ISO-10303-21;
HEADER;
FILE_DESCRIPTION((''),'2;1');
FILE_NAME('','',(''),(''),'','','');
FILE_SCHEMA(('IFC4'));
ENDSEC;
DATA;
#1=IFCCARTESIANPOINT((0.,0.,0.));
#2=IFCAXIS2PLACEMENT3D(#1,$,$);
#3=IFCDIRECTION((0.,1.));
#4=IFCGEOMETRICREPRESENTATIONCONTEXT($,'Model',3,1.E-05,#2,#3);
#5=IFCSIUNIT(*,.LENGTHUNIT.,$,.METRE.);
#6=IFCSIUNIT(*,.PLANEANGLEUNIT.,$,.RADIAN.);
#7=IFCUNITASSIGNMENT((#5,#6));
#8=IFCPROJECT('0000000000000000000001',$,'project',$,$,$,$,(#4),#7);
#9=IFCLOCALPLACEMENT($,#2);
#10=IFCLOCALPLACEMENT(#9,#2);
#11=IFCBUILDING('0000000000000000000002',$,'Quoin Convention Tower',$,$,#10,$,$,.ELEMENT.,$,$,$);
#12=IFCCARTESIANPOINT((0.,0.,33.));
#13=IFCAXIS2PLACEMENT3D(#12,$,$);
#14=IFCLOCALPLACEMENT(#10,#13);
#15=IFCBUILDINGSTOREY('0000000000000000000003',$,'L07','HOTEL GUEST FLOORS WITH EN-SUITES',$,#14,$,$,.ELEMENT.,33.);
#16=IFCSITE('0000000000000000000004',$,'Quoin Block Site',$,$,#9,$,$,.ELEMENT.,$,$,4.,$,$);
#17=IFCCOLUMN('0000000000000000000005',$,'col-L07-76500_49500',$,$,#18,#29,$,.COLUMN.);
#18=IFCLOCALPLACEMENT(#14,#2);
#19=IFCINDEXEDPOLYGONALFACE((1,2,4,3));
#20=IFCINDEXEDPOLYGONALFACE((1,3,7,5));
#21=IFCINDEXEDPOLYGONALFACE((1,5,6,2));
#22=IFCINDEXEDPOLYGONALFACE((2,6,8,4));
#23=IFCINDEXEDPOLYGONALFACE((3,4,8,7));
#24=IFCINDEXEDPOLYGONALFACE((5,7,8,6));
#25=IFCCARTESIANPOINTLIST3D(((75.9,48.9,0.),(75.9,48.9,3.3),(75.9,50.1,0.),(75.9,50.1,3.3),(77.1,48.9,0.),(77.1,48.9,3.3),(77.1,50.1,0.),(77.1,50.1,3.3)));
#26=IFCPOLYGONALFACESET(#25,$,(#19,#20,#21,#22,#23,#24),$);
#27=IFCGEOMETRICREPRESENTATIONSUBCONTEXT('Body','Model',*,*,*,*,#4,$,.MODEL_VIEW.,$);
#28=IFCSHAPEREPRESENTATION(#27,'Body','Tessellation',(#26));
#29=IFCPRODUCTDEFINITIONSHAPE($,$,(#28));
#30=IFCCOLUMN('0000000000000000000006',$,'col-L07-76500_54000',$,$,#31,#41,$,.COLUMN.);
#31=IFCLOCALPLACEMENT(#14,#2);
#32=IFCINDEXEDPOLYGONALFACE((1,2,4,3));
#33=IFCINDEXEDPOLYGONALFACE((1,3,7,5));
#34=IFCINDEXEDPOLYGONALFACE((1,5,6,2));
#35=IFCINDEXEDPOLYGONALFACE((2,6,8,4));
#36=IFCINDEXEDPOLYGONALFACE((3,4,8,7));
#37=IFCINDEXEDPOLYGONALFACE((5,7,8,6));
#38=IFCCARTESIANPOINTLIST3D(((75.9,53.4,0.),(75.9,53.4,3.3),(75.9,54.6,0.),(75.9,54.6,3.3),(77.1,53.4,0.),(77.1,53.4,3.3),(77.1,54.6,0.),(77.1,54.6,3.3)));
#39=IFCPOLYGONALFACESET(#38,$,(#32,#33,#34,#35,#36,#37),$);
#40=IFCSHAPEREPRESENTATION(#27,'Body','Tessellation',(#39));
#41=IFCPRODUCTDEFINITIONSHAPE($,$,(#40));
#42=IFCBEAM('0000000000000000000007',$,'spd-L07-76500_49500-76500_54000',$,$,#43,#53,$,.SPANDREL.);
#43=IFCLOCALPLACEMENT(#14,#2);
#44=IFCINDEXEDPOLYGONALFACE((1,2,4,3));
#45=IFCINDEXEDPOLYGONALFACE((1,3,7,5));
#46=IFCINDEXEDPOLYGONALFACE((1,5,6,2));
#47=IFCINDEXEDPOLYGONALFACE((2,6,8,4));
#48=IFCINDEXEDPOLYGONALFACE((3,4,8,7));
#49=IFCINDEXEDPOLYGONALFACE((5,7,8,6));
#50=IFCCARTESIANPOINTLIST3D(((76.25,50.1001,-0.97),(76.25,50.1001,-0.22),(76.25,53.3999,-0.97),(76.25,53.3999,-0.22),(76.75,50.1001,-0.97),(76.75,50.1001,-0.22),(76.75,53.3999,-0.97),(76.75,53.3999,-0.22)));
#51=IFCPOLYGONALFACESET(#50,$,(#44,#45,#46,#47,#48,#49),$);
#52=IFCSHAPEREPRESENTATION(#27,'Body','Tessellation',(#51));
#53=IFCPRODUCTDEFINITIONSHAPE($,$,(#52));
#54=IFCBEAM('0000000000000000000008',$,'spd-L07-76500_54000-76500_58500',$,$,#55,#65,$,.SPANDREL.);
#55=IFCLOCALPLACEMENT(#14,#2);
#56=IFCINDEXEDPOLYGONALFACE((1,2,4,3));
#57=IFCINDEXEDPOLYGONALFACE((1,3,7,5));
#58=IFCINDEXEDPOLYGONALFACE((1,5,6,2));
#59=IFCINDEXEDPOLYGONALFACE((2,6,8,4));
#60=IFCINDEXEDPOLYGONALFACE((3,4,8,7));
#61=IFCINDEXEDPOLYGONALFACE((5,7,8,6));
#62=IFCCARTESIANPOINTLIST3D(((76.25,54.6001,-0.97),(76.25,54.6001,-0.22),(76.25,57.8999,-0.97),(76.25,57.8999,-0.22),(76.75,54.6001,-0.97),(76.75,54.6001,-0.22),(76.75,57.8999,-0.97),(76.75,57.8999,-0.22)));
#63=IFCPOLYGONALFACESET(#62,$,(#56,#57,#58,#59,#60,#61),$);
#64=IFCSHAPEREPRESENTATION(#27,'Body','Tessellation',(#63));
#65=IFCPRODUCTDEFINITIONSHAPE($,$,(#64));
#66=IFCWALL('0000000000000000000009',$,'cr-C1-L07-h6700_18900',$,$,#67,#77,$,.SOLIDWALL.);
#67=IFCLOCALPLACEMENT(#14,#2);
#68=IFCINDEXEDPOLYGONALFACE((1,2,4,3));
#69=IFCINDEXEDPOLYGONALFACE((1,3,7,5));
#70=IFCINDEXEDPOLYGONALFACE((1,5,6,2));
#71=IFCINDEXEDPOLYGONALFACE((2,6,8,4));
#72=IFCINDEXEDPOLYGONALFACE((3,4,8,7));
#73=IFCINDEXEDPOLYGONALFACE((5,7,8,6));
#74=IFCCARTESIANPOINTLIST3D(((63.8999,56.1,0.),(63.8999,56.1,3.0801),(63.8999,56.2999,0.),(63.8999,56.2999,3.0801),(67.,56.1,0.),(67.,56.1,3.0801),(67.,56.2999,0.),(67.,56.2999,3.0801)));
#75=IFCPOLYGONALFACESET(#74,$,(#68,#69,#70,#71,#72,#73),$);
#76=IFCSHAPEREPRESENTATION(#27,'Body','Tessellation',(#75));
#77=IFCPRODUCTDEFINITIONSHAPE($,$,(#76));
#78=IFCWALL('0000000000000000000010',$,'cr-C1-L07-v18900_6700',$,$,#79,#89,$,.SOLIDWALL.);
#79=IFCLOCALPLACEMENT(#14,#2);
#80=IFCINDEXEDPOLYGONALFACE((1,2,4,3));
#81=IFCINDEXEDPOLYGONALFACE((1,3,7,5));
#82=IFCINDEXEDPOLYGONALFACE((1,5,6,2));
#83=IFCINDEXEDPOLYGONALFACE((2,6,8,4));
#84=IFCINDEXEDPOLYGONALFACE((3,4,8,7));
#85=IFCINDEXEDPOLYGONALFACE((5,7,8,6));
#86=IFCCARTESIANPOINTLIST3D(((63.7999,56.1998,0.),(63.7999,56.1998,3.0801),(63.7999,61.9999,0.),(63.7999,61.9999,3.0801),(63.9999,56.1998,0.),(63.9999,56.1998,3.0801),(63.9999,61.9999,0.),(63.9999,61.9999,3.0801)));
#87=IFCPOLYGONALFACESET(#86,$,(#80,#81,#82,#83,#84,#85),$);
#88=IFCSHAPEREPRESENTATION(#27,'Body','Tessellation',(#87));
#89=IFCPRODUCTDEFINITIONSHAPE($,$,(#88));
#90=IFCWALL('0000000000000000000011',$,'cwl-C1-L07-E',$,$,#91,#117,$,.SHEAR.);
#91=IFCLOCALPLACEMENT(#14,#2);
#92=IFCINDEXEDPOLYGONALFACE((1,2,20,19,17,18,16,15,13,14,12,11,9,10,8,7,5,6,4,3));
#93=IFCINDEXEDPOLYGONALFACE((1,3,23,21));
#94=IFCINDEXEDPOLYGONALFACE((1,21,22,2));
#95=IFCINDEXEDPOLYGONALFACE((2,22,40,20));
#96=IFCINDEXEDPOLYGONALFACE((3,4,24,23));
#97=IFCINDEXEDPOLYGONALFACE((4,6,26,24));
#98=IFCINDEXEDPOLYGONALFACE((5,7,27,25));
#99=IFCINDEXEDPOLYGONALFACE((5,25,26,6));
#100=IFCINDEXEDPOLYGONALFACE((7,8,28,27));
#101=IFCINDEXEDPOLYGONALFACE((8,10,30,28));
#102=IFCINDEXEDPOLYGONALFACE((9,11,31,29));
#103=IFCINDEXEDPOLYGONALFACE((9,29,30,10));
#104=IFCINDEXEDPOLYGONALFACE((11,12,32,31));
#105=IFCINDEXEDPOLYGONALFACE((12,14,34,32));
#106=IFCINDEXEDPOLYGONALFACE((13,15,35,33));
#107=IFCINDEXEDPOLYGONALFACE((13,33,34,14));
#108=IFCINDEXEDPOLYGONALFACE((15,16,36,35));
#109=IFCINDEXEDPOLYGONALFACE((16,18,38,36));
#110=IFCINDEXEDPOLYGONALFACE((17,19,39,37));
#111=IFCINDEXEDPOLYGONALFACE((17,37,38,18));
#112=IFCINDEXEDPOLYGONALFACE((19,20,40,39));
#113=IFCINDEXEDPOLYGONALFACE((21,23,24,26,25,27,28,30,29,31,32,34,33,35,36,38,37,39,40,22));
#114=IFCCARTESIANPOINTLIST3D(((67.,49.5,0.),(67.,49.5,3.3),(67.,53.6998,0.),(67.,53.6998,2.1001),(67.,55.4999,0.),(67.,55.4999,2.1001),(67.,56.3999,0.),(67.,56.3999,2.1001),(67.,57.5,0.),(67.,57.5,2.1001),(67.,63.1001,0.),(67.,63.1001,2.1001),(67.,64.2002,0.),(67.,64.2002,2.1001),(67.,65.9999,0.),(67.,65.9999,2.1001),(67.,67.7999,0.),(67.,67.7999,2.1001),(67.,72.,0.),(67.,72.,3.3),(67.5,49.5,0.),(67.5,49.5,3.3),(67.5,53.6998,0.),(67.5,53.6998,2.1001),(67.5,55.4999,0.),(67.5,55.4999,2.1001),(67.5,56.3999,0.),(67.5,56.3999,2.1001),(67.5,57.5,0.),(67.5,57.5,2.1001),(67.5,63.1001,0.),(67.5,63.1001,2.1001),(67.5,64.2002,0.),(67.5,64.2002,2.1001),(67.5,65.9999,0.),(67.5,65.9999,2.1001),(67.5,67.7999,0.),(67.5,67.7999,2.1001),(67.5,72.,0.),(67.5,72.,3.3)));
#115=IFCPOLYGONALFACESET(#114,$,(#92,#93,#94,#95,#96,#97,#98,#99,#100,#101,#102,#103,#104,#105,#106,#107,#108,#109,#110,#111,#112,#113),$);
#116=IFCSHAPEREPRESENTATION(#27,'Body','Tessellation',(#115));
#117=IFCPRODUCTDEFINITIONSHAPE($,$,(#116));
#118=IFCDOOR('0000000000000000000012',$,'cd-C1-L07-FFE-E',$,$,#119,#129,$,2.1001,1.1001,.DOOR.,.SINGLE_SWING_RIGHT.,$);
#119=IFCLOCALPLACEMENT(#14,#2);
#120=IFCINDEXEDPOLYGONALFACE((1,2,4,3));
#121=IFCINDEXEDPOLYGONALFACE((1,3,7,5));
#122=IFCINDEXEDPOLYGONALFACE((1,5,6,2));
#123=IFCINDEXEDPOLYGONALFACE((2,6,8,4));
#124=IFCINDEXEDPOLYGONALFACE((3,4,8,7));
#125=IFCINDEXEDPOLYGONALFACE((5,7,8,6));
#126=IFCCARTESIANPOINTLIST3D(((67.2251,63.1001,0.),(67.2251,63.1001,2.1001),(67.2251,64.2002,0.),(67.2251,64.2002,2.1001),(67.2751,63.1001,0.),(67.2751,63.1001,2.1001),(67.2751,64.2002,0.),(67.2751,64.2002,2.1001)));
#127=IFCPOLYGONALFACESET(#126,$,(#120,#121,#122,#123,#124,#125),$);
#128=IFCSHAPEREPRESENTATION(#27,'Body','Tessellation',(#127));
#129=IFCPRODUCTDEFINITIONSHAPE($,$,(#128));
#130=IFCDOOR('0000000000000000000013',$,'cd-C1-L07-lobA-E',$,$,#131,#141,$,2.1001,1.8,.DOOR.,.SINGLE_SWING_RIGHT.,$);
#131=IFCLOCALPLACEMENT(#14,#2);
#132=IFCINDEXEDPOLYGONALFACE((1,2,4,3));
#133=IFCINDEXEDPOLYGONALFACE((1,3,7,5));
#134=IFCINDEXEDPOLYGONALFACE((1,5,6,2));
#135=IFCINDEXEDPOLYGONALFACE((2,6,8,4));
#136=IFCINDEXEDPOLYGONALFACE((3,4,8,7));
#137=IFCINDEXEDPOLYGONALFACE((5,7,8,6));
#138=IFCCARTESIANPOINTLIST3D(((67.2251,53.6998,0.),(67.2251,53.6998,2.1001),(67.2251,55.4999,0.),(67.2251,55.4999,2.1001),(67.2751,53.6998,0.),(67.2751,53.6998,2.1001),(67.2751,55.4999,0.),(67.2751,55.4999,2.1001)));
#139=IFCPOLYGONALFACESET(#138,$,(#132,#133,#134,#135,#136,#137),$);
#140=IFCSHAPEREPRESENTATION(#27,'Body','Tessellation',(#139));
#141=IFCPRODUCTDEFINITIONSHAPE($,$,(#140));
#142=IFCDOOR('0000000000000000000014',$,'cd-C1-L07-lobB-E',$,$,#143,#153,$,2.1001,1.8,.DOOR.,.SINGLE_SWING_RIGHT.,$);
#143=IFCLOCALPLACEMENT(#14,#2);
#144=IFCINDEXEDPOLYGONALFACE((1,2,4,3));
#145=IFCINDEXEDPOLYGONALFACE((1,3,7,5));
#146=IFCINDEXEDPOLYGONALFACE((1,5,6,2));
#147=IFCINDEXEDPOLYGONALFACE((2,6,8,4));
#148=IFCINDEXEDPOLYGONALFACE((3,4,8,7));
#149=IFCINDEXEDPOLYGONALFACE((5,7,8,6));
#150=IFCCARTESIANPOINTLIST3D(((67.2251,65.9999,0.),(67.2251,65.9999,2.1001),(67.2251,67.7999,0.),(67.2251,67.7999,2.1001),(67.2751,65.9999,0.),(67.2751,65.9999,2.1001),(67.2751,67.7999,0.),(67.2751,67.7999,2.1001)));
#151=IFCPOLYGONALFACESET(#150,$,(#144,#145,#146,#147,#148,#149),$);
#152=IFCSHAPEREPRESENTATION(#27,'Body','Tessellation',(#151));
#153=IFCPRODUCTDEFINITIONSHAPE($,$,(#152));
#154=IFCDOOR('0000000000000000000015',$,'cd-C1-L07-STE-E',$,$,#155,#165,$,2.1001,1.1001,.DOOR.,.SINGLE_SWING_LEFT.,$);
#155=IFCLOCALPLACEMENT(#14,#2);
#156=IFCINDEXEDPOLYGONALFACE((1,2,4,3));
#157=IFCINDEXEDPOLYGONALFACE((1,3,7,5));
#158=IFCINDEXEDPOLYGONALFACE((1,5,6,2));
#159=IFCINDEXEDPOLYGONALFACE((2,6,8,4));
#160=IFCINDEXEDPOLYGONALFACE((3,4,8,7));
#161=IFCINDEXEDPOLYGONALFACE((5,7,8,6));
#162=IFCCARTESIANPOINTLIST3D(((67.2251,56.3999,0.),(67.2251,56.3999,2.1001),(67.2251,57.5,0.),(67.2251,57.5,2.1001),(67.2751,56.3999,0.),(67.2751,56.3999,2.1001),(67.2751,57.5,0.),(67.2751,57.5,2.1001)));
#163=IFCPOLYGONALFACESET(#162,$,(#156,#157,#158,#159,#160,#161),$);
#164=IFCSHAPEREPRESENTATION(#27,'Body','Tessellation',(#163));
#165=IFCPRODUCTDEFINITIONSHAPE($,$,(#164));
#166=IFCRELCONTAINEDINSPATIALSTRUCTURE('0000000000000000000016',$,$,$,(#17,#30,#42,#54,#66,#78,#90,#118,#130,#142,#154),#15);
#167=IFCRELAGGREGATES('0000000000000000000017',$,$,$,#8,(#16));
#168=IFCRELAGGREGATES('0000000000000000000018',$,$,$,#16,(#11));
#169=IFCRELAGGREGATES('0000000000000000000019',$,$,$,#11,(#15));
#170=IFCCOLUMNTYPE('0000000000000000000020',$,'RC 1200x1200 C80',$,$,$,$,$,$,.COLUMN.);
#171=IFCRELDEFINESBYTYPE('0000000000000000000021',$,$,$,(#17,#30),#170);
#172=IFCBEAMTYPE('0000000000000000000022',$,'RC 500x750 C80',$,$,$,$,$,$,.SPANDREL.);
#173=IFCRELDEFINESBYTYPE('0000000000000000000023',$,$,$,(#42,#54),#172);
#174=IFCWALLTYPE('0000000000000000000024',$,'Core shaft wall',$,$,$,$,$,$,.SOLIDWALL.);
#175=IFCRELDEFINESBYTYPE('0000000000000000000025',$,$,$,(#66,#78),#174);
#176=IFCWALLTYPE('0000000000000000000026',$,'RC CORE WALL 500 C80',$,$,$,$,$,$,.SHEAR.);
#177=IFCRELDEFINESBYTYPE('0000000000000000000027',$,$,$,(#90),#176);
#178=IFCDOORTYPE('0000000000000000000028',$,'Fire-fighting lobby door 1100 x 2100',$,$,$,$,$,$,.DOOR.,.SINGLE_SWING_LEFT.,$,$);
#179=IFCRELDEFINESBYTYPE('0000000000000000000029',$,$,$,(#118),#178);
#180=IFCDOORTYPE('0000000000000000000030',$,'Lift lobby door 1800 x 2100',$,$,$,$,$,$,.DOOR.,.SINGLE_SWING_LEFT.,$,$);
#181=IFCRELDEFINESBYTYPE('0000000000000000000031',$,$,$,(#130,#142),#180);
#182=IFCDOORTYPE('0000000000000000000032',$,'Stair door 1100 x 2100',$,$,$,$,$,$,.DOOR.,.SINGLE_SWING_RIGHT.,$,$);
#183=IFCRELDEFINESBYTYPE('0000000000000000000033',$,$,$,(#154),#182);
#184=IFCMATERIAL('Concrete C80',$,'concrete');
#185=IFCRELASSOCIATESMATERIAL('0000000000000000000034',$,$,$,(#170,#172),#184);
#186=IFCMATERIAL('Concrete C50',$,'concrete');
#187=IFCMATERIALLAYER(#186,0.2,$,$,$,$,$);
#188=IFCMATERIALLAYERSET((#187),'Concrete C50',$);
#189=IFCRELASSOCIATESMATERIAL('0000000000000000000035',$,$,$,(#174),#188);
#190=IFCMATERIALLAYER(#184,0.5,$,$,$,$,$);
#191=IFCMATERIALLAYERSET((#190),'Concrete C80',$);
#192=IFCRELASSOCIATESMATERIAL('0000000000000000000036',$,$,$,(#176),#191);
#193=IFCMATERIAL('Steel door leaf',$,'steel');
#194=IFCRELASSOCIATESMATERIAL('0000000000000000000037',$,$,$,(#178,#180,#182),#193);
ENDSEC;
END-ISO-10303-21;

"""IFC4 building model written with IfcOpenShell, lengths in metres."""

from ifc_helpers import new_model, si_unit, direction, frame, frame_2d, origin, origin_2d, place, context, subcontext, project, spatial, rectangle, extrude, material, layer, layer_set, material_profile, profile_set, type_object, element, fill, save


model = new_model("IFC4")

# Units and contexts
model_context = context("Model", 3, precision=1e-05, world=origin(), true_north=direction((0.0, 1.0)))
body_context = subcontext(model_context, "Body", "Model", "MODEL_VIEW")
ifc_project = project(units=[si_unit("LENGTHUNIT", "METRE"), si_unit("PLANEANGLEUNIT", "RADIAN")], contexts=[model_context])

# Site, building, storey
site_placement = place(None, origin())
site = spatial("IfcSite", under=ifc_project, at=site_placement, Name="Quoin Block Site", CompositionType="ELEMENT", RefElevation=4.0)
building_placement = place(site_placement, origin())
building = spatial("IfcBuilding", under=site, at=building_placement, Name="Quoin Convention Tower", CompositionType="ELEMENT")
storey_placement = place(building_placement, frame((0.0, 0.0, 33.0)))
storey = spatial("IfcBuildingStorey", under=building, at=storey_placement, Name="L07", Description="HOTEL GUEST FLOORS WITH EN-SUITES", CompositionType="ELEMENT", Elevation=33.0)

# Columns
ifc_material_1 = material(Name="Concrete C80", Category="concrete")
ifc_material_profile_1 = material_profile(ifc_material_1, rectangle(XDim=1.2, YDim=1.2, at=origin_2d()), Name="RC 1200x1200")
ifc_profile_set_1 = profile_set([ifc_material_profile_1], Name="Concrete C80")
column_type = type_object("IfcColumnType", Name="RC 1200x1200 C80", PredefinedType="COLUMN", material=ifc_profile_set_1)
for number, where, z_axis, x_axis, name in (
    (1, (76.5, 49.5, 0.0), (0.0, 0.0, 1.0), (1.0, 0.0, 0.0), "col-L07-76500_49500"),
    (2, (76.5, 54.0, 0.0), (0.0, 0.0, 1.0), (1.0, 0.0, 0.0), "col-L07-76500_54000"),
):
    element("IfcColumn", number, at=place(storey_placement, frame(where, z_axis=z_axis, x_axis=x_axis)), inside=storey, type_object=column_type, Name=name, PredefinedType="COLUMN", context=body_context, shape_type="SweptSolid", body=[
        extrude(rectangle(XDim=1.2, YDim=1.2, at=origin_2d()), origin(), (0.0, 0.0, 1.0), 3.3),
    ])

# Beams
ifc_material_profile_2 = material_profile(ifc_material_1, rectangle(XDim=0.5, YDim=0.75, at=origin_2d()), Name="RC 500x750")
ifc_profile_set_2 = profile_set([ifc_material_profile_2], Name="Concrete C80")
beam_type = type_object("IfcBeamType", Name="RC 500x750 C80", PredefinedType="SPANDREL", material=ifc_profile_set_2)
for number, where, z_axis, x_axis, name in (
    (3, (76.5, 50.1001, -0.595), (0.0, 1.0, 0.0), (-1.0, 0.0, 0.0), "spd-L07-76500_49500-76500_54000"),
    (4, (76.5, 54.6001, -0.595), (0.0, 1.0, 0.0), (-1.0, 0.0, 0.0), "spd-L07-76500_54000-76500_58500"),
):
    element("IfcBeam", number, at=place(storey_placement, frame(where, z_axis=z_axis, x_axis=x_axis)), inside=storey, type_object=beam_type, Name=name, PredefinedType="SPANDREL", context=body_context, shape_type="SweptSolid", body=[
        extrude(rectangle(XDim=0.5, YDim=0.75, at=origin_2d()), origin(), (0.0, 0.0, 1.0), 3.2998),
    ])

# Walls
ifc_material_2 = material(Name="Concrete C50", Category="concrete")
ifc_layer_1 = layer(ifc_material_2, 0.2)
ifc_layer_set_1 = layer_set([ifc_layer_1], Name="Concrete C50")
wall_type_1 = type_object("IfcWallType", Name="Core shaft wall", PredefinedType="SOLIDWALL", material=ifc_layer_set_1)
wall_1_placement = place(storey_placement, frame((63.8999, 56.2, 0.0), z_axis=(0.0, 0.0, 1.0), x_axis=(1.0, 0.0, 0.0)))
element("IfcWall", 5, at=wall_1_placement, inside=storey, type_object=wall_type_1, Name="cr-C1-L07-h6700_18900", PredefinedType="SOLIDWALL", context=body_context, shape_type="SweptSolid", body=[
    extrude(rectangle(XDim=3.1001, YDim=0.2, at=frame_2d((1.55, 0.0))), origin(), (0.0, 0.0, 1.0), 3.0801),
])
wall_2_placement = place(storey_placement, frame((63.8999, 56.2, 0.0), z_axis=(0.0, 0.0, 1.0), x_axis=(0.0, 1.0, 0.0)))
element("IfcWall", 6, at=wall_2_placement, inside=storey, type_object=wall_type_1, Name="cr-C1-L07-v18900_6700", PredefinedType="SOLIDWALL", context=body_context, shape_type="SweptSolid", body=[
    extrude(rectangle(XDim=5.8, YDim=0.2, at=frame_2d((2.8999, 0.0))), origin(), (0.0, 0.0, 1.0), 3.0801),
])

# Wall, openings, doors
ifc_layer_2 = layer(ifc_material_1, 0.5)
ifc_layer_set_2 = layer_set([ifc_layer_2], Name="Concrete C80")
wall_type_2 = type_object("IfcWallType", Name="RC CORE WALL 500 C80", PredefinedType="SHEAR", material=ifc_layer_set_2)
wall_3_placement = place(storey_placement, frame((67.25, 49.5, 0.0), z_axis=(0.0, 0.0, 1.0), x_axis=(0.0, 1.0, 0.0)))
wall_3 = element("IfcWall", 7, at=wall_3_placement, inside=storey, type_object=wall_type_2, Name="cwl-C1-L07-E", PredefinedType="SHEAR", context=body_context, shape_type="SweptSolid", body=[
    extrude(rectangle(XDim=22.5, YDim=0.5, at=frame_2d((11.25, 0.0))), origin(), (0.0, 0.0, 1.0), 3.3),
])
opening_1_placement = place(wall_3_placement, frame((4.2, 0.0, 0.0)))
opening_1 = element("IfcOpeningElement", 8, at=opening_1_placement, cuts=wall_3, PredefinedType="OPENING", context=body_context, shape_type="SweptSolid", body=[
    extrude(rectangle(XDim=1.8, YDim=2.1001, at=frame_2d((0.8999, 1.05))), frame((0.0, 0.26, 0.0), z_axis=(0.0, -1.0, 0.0), x_axis=(1.0, 0.0, 0.0)), (0.0, 0.0, 1.0), 0.52),
])
opening_2_placement = place(wall_3_placement, frame((6.8999, 0.0, 0.0)))
opening_2 = element("IfcOpeningElement", 9, at=opening_2_placement, cuts=wall_3, PredefinedType="OPENING", context=body_context, shape_type="SweptSolid", body=[
    extrude(rectangle(XDim=1.1001, YDim=2.1001, at=frame_2d((0.55, 1.05))), frame((0.0, 0.26, 0.0), z_axis=(0.0, -1.0, 0.0), x_axis=(1.0, 0.0, 0.0)), (0.0, 0.0, 1.0), 0.52),
])
opening_3_placement = place(wall_3_placement, frame((13.6001, 0.0, 0.0)))
opening_3 = element("IfcOpeningElement", 10, at=opening_3_placement, cuts=wall_3, PredefinedType="OPENING", context=body_context, shape_type="SweptSolid", body=[
    extrude(rectangle(XDim=1.1001, YDim=2.1001, at=frame_2d((0.55, 1.05))), frame((0.0, 0.26, 0.0), z_axis=(0.0, -1.0, 0.0), x_axis=(1.0, 0.0, 0.0)), (0.0, 0.0, 1.0), 0.52),
])
opening_4_placement = place(wall_3_placement, frame((16.5, 0.0, 0.0)))
opening_4 = element("IfcOpeningElement", 11, at=opening_4_placement, cuts=wall_3, PredefinedType="OPENING", context=body_context, shape_type="SweptSolid", body=[
    extrude(rectangle(XDim=1.8, YDim=2.1001, at=frame_2d((0.8999, 1.05))), frame((0.0, 0.26, 0.0), z_axis=(0.0, -1.0, 0.0), x_axis=(1.0, 0.0, 0.0)), (0.0, 0.0, 1.0), 0.52),
])
ifc_material_3 = material(Name="Steel door leaf", Category="steel")
door_type_1 = type_object("IfcDoorType", Name="Fire-fighting lobby door 1100 x 2100", OperationType="SINGLE_SWING_LEFT", PredefinedType="DOOR", material=ifc_material_3)
door_1_placement = place(opening_3_placement, origin())
door_1 = element("IfcDoor", 12, at=door_1_placement, inside=storey, type_object=door_type_1, Name="cd-C1-L07-FFE-E", OperationType="SINGLE_SWING_RIGHT", OverallHeight=2.1001, OverallWidth=1.1001, PredefinedType="DOOR", context=body_context, shape_type="SweptSolid", body=[
    extrude(rectangle(XDim=1.1001, YDim=2.1001, at=frame_2d((0.55, 1.05))), frame((0.0, 0.0249, 0.0), z_axis=(0.0, -1.0, 0.0), x_axis=(1.0, 0.0, 0.0)), (0.0, 0.0, 1.0), 0.05),
])
fill(opening_3, door_1)
door_type_2 = type_object("IfcDoorType", Name="Lift lobby door 1800 x 2100", OperationType="SINGLE_SWING_LEFT", PredefinedType="DOOR", material=ifc_material_3)
door_2_placement = place(opening_1_placement, origin())
door_2 = element("IfcDoor", 13, at=door_2_placement, inside=storey, type_object=door_type_2, Name="cd-C1-L07-lobA-E", OperationType="SINGLE_SWING_RIGHT", OverallHeight=2.1001, OverallWidth=1.8, PredefinedType="DOOR", context=body_context, shape_type="SweptSolid", body=[
    extrude(rectangle(XDim=1.8, YDim=2.1001, at=frame_2d((0.8999, 1.05))), frame((0.0, 0.0249, 0.0), z_axis=(0.0, -1.0, 0.0), x_axis=(1.0, 0.0, 0.0)), (0.0, 0.0, 1.0), 0.05),
])
fill(opening_1, door_2)
door_3_placement = place(opening_4_placement, origin())
door_3 = element("IfcDoor", 14, at=door_3_placement, inside=storey, type_object=door_type_2, Name="cd-C1-L07-lobB-E", OperationType="SINGLE_SWING_RIGHT", OverallHeight=2.1001, OverallWidth=1.8, PredefinedType="DOOR", context=body_context, shape_type="SweptSolid", body=[
    extrude(rectangle(XDim=1.8, YDim=2.1001, at=frame_2d((0.8999, 1.05))), frame((0.0, 0.0249, 0.0), z_axis=(0.0, -1.0, 0.0), x_axis=(1.0, 0.0, 0.0)), (0.0, 0.0, 1.0), 0.05),
])
fill(opening_4, door_3)
door_type_3 = type_object("IfcDoorType", Name="Stair door 1100 x 2100", OperationType="SINGLE_SWING_RIGHT", PredefinedType="DOOR", material=ifc_material_3)
door_4_placement = place(opening_2_placement, origin())
door_4 = element("IfcDoor", 15, at=door_4_placement, inside=storey, type_object=door_type_3, Name="cd-C1-L07-STE-E", OperationType="SINGLE_SWING_LEFT", OverallHeight=2.1001, OverallWidth=1.1001, PredefinedType="DOOR", context=body_context, shape_type="SweptSolid", body=[
    extrude(rectangle(XDim=1.1001, YDim=2.1001, at=frame_2d((0.55, 1.05))), frame((0.0, 0.0249, 0.0), z_axis=(0.0, -1.0, 0.0), x_axis=(1.0, 0.0, 0.0)), (0.0, 0.0, 1.0), 0.05),
])
fill(opening_2, door_4)

save(model, "model.ifc")
